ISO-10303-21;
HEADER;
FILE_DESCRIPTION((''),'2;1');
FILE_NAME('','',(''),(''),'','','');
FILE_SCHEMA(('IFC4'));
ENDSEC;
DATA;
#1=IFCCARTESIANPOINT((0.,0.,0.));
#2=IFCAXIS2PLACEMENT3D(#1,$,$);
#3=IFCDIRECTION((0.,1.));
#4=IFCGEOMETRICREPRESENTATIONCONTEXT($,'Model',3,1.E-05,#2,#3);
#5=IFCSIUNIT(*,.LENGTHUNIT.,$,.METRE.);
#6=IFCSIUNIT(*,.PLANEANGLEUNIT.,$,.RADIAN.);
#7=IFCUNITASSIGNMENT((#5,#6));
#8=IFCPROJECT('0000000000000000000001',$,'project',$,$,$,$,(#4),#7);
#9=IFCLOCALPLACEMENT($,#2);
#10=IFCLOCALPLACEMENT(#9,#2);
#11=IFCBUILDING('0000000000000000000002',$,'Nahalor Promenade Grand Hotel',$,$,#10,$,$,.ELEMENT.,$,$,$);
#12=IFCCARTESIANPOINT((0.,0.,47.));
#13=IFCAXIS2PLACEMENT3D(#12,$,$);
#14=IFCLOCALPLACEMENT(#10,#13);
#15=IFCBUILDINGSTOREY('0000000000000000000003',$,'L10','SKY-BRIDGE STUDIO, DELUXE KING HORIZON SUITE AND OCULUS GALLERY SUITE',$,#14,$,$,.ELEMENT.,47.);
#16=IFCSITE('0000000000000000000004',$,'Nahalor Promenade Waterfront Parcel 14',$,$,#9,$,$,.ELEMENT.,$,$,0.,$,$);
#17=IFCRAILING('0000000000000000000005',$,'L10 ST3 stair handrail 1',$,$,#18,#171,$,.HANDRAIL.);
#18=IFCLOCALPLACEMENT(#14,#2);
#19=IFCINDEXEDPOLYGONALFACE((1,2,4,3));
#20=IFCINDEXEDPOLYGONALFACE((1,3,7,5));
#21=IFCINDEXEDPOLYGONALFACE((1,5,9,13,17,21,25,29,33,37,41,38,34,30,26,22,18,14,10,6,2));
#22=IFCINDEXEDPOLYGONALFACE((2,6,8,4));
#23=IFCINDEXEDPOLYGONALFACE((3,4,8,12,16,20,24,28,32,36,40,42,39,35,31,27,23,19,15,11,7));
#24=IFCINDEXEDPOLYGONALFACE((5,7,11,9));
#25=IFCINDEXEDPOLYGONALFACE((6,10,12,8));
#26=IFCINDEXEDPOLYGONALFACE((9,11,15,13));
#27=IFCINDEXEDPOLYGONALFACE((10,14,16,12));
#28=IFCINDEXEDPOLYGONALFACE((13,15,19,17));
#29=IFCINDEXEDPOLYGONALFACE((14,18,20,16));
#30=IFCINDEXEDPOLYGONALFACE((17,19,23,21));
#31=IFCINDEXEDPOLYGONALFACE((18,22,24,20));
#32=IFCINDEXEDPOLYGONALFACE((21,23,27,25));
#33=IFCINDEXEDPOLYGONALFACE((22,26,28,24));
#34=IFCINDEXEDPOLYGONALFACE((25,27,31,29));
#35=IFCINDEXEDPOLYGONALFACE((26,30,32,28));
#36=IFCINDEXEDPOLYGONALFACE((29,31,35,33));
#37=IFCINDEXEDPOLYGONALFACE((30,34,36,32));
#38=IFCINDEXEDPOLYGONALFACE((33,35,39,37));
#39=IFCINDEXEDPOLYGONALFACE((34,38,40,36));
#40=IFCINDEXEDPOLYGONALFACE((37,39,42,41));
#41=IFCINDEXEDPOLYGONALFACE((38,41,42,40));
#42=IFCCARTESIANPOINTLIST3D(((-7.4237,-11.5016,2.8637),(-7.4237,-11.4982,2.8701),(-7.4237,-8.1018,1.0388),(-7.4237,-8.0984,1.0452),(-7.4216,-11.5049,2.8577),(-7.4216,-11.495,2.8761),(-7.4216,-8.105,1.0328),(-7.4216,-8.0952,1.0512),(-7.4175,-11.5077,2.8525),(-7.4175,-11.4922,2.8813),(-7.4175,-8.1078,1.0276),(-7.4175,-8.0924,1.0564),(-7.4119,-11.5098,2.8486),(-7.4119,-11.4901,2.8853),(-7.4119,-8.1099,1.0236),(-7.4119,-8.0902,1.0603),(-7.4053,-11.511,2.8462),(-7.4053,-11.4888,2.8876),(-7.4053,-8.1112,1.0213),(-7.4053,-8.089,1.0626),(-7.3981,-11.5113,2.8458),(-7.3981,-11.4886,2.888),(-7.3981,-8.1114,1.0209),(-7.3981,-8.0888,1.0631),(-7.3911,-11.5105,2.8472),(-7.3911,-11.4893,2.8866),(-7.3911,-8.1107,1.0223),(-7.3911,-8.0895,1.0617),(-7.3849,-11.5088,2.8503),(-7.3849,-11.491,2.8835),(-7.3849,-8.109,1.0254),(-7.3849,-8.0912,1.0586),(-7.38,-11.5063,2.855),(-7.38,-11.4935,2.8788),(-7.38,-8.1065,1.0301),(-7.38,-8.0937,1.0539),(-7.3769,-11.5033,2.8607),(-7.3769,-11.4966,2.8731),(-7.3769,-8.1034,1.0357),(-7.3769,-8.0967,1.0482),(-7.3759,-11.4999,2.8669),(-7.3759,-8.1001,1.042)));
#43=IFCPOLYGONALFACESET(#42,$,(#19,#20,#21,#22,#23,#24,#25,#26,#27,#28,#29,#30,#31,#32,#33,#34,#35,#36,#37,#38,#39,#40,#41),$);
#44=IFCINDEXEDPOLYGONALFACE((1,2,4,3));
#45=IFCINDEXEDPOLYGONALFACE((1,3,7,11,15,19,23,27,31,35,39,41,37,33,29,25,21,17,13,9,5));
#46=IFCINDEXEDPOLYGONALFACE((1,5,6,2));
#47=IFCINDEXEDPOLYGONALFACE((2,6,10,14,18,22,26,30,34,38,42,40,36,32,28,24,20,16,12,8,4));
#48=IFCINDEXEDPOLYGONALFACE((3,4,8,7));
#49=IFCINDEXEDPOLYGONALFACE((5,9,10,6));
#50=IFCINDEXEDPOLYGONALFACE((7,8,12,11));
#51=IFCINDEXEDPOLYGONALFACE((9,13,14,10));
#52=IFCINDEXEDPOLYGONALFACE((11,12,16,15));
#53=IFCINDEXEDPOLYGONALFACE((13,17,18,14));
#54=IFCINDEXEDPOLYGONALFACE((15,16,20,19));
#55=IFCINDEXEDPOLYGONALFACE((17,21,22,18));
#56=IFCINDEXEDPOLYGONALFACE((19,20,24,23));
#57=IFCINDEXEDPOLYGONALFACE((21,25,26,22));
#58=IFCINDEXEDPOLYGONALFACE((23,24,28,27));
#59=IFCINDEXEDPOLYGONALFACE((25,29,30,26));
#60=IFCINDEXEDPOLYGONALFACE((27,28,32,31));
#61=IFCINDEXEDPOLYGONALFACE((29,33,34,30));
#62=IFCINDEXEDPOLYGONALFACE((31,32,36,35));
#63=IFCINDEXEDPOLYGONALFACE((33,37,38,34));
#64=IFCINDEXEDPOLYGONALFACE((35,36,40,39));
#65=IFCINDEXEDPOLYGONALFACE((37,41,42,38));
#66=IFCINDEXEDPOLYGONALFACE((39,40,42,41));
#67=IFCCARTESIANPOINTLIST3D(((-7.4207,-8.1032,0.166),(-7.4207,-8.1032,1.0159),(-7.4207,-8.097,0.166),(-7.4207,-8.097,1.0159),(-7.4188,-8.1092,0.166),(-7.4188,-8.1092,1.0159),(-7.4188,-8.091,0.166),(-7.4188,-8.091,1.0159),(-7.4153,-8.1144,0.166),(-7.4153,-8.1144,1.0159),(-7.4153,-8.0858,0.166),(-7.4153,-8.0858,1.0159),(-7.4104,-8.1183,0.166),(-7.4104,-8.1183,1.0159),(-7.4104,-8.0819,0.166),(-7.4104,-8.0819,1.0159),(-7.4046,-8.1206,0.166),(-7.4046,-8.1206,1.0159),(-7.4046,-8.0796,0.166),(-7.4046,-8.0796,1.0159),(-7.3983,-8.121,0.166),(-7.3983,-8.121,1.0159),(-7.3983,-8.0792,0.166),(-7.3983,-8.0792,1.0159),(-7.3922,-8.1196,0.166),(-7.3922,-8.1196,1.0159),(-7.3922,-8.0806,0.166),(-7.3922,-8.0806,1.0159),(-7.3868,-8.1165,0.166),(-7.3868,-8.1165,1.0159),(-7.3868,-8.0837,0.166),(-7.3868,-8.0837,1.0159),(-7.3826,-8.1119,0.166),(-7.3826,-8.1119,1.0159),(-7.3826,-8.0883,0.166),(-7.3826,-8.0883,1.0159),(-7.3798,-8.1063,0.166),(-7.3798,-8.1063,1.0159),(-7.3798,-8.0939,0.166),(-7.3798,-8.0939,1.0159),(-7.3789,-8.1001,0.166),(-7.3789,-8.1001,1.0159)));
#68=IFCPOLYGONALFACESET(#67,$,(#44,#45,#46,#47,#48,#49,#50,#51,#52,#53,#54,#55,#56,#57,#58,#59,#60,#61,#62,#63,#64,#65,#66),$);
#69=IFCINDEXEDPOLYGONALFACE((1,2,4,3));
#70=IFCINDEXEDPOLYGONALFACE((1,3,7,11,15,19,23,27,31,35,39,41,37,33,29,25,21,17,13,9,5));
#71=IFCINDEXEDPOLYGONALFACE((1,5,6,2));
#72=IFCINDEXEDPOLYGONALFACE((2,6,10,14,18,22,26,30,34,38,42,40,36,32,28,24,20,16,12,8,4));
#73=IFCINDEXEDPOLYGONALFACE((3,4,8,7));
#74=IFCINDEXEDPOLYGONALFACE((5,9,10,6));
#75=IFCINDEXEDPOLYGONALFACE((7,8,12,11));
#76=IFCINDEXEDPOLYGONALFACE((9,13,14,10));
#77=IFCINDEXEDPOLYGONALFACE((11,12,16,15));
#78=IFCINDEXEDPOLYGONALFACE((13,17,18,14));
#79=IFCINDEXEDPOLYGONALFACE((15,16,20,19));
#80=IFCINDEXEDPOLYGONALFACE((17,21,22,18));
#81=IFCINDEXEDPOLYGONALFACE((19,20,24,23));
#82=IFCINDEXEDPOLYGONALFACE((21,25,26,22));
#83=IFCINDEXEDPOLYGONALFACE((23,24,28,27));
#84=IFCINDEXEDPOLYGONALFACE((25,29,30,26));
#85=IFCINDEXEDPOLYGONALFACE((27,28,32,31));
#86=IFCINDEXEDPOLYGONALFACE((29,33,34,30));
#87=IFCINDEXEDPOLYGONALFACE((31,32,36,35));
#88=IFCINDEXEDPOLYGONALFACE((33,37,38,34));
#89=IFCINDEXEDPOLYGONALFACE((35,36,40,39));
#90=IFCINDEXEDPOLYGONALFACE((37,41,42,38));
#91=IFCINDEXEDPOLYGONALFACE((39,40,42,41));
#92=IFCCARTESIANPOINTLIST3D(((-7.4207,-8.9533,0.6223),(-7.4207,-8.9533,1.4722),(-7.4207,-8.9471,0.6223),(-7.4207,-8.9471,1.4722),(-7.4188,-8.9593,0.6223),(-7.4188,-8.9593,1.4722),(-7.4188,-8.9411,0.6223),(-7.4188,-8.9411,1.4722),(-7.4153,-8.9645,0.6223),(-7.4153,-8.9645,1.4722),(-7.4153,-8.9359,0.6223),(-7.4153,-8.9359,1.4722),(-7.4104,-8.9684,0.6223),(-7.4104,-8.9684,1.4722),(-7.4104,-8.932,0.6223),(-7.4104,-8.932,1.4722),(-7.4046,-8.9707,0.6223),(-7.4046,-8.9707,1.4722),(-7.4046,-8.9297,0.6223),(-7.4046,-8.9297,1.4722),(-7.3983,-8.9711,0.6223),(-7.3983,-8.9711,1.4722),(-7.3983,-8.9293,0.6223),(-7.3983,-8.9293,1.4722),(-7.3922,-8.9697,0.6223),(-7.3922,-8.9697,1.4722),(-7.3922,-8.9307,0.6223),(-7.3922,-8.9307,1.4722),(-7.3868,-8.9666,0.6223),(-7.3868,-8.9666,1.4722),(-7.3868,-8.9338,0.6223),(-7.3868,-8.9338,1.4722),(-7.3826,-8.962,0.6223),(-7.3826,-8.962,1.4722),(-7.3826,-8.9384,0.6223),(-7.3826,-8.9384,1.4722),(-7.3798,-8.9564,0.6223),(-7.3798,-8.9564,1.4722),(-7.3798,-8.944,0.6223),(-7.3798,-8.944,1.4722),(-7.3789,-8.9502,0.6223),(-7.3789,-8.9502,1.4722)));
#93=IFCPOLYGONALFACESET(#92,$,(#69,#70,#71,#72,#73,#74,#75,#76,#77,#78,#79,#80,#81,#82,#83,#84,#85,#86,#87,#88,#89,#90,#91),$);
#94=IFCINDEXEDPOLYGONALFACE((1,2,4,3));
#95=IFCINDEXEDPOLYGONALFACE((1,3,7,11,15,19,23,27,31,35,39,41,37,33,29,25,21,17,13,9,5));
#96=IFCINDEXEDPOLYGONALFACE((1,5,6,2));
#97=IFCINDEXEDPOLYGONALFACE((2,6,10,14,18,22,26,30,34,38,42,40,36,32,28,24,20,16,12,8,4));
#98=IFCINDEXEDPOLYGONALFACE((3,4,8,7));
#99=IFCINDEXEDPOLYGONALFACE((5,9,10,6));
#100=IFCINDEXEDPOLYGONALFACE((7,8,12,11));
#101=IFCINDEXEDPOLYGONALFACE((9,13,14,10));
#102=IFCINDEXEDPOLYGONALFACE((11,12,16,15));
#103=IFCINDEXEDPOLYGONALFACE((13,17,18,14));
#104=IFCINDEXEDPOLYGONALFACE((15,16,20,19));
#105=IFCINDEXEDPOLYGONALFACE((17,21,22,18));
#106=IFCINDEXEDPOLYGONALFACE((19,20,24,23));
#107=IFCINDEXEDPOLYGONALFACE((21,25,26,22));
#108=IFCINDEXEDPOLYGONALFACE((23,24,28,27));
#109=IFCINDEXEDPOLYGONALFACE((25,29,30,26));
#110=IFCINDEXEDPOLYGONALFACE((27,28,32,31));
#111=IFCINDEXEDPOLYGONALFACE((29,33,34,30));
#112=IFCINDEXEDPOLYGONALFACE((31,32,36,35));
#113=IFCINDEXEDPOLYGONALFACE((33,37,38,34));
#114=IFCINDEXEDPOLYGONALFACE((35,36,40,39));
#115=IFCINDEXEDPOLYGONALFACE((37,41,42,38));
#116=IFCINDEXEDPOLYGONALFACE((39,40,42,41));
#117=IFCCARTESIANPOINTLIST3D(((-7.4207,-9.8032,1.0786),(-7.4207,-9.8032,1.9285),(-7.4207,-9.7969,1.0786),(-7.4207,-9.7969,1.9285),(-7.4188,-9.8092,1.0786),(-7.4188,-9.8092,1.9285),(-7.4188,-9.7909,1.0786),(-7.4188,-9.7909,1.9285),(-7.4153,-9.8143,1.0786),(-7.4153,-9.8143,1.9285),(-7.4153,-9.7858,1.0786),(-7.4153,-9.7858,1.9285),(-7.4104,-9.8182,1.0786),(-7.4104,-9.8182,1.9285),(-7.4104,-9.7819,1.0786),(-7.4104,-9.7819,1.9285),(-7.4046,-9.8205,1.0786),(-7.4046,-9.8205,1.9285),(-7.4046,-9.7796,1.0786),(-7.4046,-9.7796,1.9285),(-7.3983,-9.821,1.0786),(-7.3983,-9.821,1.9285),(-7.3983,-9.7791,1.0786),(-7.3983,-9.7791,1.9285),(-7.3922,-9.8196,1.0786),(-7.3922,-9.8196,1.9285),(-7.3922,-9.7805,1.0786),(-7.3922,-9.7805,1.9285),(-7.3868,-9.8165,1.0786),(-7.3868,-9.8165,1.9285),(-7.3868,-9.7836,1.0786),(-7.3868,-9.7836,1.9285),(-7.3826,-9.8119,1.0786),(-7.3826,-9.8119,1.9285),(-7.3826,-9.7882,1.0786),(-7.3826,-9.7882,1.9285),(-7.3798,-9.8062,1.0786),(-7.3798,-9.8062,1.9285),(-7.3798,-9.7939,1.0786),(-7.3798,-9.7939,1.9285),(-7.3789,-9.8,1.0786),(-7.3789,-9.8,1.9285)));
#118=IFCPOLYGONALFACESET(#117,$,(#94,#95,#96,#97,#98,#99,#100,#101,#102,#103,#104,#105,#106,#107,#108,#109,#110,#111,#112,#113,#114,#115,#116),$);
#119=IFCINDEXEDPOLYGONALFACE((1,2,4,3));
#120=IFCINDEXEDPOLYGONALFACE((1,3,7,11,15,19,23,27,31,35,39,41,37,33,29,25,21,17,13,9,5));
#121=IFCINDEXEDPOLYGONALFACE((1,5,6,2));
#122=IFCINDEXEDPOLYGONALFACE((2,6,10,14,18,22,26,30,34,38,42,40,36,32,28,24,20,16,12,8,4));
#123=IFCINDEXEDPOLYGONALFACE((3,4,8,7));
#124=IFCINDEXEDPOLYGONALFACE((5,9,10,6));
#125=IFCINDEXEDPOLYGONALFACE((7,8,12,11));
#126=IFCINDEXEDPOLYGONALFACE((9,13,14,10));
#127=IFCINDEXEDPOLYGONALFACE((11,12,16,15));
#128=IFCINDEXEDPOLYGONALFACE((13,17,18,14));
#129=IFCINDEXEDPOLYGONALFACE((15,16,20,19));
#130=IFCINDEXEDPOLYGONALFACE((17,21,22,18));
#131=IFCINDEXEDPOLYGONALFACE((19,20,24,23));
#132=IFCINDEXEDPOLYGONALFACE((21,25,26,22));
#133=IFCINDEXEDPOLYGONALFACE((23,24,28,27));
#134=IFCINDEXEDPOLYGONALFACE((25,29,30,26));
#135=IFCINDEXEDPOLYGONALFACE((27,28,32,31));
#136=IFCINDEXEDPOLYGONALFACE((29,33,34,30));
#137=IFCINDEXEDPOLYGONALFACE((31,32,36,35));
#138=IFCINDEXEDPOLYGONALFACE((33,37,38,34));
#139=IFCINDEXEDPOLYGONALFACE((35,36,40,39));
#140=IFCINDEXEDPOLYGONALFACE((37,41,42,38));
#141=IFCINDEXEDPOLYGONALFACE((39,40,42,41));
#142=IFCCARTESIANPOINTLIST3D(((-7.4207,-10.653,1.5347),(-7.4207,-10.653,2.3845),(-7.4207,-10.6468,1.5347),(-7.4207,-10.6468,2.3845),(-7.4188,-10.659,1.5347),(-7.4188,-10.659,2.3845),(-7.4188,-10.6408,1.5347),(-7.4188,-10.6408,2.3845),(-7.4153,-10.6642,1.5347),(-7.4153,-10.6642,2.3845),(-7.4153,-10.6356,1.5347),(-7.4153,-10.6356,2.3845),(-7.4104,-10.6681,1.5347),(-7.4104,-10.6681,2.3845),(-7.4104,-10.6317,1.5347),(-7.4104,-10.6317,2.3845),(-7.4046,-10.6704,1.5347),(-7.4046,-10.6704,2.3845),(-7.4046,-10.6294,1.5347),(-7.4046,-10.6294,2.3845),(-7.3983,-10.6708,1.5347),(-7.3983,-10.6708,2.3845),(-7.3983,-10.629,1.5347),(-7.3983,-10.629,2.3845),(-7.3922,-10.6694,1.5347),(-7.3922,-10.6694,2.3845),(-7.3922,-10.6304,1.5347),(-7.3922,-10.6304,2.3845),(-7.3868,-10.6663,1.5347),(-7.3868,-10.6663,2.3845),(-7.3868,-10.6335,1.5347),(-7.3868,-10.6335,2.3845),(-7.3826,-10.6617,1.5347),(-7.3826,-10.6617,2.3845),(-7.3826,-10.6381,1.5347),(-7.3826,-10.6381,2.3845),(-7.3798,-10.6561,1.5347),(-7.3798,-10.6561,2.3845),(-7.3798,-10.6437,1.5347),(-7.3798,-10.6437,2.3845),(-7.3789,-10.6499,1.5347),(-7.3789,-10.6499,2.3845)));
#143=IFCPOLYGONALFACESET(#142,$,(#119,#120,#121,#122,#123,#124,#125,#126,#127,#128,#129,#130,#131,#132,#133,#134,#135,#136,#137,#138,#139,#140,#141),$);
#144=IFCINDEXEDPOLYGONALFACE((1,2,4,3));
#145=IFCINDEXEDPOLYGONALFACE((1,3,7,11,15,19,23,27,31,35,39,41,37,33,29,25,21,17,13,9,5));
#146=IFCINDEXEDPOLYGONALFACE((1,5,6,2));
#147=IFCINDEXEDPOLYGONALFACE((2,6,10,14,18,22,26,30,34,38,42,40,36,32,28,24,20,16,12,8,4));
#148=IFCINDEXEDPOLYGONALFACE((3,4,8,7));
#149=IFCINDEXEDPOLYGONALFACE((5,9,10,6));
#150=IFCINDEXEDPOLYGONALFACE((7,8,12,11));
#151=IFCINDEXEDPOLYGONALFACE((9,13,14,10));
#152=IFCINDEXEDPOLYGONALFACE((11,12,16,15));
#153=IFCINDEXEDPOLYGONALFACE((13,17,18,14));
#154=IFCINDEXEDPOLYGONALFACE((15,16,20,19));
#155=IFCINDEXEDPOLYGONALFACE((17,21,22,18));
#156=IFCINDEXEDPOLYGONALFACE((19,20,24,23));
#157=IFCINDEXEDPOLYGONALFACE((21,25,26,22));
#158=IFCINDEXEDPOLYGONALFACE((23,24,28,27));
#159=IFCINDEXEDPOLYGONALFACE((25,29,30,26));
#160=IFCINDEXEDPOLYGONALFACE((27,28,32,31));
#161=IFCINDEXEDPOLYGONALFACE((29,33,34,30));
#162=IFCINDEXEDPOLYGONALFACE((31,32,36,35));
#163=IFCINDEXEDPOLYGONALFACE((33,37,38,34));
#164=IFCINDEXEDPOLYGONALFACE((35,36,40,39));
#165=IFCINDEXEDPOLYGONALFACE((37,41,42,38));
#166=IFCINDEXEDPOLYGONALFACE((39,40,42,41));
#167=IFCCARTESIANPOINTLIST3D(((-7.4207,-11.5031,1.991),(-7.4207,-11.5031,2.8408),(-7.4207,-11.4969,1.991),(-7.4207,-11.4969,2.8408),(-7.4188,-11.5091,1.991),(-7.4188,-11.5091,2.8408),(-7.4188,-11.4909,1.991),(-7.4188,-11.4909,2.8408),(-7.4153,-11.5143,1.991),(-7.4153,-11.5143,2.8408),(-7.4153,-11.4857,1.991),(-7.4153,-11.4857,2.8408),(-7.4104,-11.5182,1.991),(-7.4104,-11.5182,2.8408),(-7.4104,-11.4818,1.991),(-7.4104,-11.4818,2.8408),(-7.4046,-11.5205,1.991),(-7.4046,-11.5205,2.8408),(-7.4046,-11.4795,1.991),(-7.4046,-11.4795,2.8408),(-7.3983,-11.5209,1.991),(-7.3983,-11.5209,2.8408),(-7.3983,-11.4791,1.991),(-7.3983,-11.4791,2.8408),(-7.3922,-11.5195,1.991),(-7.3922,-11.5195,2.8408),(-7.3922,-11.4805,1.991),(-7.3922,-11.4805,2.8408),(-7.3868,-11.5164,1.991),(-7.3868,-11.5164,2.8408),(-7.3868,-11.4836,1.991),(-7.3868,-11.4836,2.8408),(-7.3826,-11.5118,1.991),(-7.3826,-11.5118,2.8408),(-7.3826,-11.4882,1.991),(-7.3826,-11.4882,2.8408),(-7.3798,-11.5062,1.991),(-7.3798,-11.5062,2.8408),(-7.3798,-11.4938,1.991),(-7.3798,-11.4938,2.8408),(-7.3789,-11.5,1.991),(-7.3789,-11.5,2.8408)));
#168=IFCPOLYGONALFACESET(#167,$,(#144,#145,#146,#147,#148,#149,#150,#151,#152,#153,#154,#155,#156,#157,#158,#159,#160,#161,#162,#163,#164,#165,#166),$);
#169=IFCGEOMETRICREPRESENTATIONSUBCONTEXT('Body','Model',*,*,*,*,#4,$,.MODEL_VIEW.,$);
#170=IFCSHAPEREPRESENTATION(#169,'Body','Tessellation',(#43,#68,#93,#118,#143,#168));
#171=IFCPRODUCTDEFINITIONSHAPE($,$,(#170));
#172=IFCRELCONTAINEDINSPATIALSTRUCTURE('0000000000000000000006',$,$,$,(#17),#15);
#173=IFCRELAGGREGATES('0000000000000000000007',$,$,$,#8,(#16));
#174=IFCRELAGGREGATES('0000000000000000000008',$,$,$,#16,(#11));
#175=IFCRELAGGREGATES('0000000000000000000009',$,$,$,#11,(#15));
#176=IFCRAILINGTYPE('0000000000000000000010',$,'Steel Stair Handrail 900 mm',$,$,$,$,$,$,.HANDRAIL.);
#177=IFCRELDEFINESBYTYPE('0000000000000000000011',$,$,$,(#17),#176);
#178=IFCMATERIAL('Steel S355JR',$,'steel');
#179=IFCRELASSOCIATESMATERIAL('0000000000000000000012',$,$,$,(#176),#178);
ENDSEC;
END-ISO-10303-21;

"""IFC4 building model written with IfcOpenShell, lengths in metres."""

from ifc_helpers import new_model, si_unit, direction, frame, origin, origin_2d, place, context, subcontext, project, spatial, circle, extrude, material, type_object, element, save


model = new_model("IFC4")

# Units and contexts
model_context = context("Model", 3, precision=1e-05, world=origin(), true_north=direction((0.0, 1.0)))
body_context = subcontext(model_context, "Body", "Model", "MODEL_VIEW")
ifc_project = project(units=[si_unit("LENGTHUNIT", "METRE"), si_unit("PLANEANGLEUNIT", "RADIAN")], contexts=[model_context])

# Site, building, storey
site_placement = place(None, origin())
site = spatial("IfcSite", under=ifc_project, at=site_placement, Name="Nahalor Promenade Waterfront Parcel 14", CompositionType="ELEMENT", RefElevation=0.0)
building_placement = place(site_placement, origin())
building = spatial("IfcBuilding", under=site, at=building_placement, Name="Nahalor Promenade Grand Hotel", CompositionType="ELEMENT")
storey_placement = place(building_placement, frame((0.0, 0.0, 47.0)))
storey = spatial("IfcBuildingStorey", under=building, at=storey_placement, Name="L10", Description="SKY-BRIDGE STUDIO, DELUXE KING HORIZON SUITE AND OCULUS GALLERY SUITE", CompositionType="ELEMENT", Elevation=47.0)

# Shared definitions
ifc_material_1 = material(Name="Steel S355JR", Category="steel")

# Railing
railing_type_1 = type_object("IfcRailingType", Name="Steel Stair Handrail 900 mm", PredefinedType="HANDRAIL", material=ifc_material_1)
railing_1_placement = place(storey_placement, frame((-7.3999, -8.1001, 0.166)))
element("IfcRailing", 1, at=railing_1_placement, inside=storey, type_object=railing_type_1, Name="L10 ST3 stair handrail 1", PredefinedType="HANDRAIL", context=body_context, shape_type="SweptSolid", body=[
    extrude(circle(Radius=0.024, at=origin_2d()), frame((0.0, 0.0, 0.876), z_axis=(0.0, -0.881094, 0.472941), x_axis=(1.0, 0.0, 0.0)), (0.0, 0.0, 1.0), 3.8586),
    extrude(circle(Radius=0.021, at=origin_2d()), origin(), (0.0, 0.0, 1.0), 0.8499),
    extrude(circle(Radius=0.021, at=origin_2d()), frame((0.0, -0.8501, 0.4563)), (0.0, 0.0, 1.0), 0.8499),
    extrude(circle(Radius=0.021, at=origin_2d()), frame((0.0, -1.7, 0.9126)), (0.0, 0.0, 1.0), 0.8499),
    extrude(circle(Radius=0.021, at=origin_2d()), frame((0.0, -2.5498, 1.3687)), (0.0, 0.0, 1.0), 0.8499),
    extrude(circle(Radius=0.021, at=origin_2d()), frame((0.0, -3.3999, 1.825)), (0.0, 0.0, 1.0), 0.8499),
])

save(model, "model.ifc")
